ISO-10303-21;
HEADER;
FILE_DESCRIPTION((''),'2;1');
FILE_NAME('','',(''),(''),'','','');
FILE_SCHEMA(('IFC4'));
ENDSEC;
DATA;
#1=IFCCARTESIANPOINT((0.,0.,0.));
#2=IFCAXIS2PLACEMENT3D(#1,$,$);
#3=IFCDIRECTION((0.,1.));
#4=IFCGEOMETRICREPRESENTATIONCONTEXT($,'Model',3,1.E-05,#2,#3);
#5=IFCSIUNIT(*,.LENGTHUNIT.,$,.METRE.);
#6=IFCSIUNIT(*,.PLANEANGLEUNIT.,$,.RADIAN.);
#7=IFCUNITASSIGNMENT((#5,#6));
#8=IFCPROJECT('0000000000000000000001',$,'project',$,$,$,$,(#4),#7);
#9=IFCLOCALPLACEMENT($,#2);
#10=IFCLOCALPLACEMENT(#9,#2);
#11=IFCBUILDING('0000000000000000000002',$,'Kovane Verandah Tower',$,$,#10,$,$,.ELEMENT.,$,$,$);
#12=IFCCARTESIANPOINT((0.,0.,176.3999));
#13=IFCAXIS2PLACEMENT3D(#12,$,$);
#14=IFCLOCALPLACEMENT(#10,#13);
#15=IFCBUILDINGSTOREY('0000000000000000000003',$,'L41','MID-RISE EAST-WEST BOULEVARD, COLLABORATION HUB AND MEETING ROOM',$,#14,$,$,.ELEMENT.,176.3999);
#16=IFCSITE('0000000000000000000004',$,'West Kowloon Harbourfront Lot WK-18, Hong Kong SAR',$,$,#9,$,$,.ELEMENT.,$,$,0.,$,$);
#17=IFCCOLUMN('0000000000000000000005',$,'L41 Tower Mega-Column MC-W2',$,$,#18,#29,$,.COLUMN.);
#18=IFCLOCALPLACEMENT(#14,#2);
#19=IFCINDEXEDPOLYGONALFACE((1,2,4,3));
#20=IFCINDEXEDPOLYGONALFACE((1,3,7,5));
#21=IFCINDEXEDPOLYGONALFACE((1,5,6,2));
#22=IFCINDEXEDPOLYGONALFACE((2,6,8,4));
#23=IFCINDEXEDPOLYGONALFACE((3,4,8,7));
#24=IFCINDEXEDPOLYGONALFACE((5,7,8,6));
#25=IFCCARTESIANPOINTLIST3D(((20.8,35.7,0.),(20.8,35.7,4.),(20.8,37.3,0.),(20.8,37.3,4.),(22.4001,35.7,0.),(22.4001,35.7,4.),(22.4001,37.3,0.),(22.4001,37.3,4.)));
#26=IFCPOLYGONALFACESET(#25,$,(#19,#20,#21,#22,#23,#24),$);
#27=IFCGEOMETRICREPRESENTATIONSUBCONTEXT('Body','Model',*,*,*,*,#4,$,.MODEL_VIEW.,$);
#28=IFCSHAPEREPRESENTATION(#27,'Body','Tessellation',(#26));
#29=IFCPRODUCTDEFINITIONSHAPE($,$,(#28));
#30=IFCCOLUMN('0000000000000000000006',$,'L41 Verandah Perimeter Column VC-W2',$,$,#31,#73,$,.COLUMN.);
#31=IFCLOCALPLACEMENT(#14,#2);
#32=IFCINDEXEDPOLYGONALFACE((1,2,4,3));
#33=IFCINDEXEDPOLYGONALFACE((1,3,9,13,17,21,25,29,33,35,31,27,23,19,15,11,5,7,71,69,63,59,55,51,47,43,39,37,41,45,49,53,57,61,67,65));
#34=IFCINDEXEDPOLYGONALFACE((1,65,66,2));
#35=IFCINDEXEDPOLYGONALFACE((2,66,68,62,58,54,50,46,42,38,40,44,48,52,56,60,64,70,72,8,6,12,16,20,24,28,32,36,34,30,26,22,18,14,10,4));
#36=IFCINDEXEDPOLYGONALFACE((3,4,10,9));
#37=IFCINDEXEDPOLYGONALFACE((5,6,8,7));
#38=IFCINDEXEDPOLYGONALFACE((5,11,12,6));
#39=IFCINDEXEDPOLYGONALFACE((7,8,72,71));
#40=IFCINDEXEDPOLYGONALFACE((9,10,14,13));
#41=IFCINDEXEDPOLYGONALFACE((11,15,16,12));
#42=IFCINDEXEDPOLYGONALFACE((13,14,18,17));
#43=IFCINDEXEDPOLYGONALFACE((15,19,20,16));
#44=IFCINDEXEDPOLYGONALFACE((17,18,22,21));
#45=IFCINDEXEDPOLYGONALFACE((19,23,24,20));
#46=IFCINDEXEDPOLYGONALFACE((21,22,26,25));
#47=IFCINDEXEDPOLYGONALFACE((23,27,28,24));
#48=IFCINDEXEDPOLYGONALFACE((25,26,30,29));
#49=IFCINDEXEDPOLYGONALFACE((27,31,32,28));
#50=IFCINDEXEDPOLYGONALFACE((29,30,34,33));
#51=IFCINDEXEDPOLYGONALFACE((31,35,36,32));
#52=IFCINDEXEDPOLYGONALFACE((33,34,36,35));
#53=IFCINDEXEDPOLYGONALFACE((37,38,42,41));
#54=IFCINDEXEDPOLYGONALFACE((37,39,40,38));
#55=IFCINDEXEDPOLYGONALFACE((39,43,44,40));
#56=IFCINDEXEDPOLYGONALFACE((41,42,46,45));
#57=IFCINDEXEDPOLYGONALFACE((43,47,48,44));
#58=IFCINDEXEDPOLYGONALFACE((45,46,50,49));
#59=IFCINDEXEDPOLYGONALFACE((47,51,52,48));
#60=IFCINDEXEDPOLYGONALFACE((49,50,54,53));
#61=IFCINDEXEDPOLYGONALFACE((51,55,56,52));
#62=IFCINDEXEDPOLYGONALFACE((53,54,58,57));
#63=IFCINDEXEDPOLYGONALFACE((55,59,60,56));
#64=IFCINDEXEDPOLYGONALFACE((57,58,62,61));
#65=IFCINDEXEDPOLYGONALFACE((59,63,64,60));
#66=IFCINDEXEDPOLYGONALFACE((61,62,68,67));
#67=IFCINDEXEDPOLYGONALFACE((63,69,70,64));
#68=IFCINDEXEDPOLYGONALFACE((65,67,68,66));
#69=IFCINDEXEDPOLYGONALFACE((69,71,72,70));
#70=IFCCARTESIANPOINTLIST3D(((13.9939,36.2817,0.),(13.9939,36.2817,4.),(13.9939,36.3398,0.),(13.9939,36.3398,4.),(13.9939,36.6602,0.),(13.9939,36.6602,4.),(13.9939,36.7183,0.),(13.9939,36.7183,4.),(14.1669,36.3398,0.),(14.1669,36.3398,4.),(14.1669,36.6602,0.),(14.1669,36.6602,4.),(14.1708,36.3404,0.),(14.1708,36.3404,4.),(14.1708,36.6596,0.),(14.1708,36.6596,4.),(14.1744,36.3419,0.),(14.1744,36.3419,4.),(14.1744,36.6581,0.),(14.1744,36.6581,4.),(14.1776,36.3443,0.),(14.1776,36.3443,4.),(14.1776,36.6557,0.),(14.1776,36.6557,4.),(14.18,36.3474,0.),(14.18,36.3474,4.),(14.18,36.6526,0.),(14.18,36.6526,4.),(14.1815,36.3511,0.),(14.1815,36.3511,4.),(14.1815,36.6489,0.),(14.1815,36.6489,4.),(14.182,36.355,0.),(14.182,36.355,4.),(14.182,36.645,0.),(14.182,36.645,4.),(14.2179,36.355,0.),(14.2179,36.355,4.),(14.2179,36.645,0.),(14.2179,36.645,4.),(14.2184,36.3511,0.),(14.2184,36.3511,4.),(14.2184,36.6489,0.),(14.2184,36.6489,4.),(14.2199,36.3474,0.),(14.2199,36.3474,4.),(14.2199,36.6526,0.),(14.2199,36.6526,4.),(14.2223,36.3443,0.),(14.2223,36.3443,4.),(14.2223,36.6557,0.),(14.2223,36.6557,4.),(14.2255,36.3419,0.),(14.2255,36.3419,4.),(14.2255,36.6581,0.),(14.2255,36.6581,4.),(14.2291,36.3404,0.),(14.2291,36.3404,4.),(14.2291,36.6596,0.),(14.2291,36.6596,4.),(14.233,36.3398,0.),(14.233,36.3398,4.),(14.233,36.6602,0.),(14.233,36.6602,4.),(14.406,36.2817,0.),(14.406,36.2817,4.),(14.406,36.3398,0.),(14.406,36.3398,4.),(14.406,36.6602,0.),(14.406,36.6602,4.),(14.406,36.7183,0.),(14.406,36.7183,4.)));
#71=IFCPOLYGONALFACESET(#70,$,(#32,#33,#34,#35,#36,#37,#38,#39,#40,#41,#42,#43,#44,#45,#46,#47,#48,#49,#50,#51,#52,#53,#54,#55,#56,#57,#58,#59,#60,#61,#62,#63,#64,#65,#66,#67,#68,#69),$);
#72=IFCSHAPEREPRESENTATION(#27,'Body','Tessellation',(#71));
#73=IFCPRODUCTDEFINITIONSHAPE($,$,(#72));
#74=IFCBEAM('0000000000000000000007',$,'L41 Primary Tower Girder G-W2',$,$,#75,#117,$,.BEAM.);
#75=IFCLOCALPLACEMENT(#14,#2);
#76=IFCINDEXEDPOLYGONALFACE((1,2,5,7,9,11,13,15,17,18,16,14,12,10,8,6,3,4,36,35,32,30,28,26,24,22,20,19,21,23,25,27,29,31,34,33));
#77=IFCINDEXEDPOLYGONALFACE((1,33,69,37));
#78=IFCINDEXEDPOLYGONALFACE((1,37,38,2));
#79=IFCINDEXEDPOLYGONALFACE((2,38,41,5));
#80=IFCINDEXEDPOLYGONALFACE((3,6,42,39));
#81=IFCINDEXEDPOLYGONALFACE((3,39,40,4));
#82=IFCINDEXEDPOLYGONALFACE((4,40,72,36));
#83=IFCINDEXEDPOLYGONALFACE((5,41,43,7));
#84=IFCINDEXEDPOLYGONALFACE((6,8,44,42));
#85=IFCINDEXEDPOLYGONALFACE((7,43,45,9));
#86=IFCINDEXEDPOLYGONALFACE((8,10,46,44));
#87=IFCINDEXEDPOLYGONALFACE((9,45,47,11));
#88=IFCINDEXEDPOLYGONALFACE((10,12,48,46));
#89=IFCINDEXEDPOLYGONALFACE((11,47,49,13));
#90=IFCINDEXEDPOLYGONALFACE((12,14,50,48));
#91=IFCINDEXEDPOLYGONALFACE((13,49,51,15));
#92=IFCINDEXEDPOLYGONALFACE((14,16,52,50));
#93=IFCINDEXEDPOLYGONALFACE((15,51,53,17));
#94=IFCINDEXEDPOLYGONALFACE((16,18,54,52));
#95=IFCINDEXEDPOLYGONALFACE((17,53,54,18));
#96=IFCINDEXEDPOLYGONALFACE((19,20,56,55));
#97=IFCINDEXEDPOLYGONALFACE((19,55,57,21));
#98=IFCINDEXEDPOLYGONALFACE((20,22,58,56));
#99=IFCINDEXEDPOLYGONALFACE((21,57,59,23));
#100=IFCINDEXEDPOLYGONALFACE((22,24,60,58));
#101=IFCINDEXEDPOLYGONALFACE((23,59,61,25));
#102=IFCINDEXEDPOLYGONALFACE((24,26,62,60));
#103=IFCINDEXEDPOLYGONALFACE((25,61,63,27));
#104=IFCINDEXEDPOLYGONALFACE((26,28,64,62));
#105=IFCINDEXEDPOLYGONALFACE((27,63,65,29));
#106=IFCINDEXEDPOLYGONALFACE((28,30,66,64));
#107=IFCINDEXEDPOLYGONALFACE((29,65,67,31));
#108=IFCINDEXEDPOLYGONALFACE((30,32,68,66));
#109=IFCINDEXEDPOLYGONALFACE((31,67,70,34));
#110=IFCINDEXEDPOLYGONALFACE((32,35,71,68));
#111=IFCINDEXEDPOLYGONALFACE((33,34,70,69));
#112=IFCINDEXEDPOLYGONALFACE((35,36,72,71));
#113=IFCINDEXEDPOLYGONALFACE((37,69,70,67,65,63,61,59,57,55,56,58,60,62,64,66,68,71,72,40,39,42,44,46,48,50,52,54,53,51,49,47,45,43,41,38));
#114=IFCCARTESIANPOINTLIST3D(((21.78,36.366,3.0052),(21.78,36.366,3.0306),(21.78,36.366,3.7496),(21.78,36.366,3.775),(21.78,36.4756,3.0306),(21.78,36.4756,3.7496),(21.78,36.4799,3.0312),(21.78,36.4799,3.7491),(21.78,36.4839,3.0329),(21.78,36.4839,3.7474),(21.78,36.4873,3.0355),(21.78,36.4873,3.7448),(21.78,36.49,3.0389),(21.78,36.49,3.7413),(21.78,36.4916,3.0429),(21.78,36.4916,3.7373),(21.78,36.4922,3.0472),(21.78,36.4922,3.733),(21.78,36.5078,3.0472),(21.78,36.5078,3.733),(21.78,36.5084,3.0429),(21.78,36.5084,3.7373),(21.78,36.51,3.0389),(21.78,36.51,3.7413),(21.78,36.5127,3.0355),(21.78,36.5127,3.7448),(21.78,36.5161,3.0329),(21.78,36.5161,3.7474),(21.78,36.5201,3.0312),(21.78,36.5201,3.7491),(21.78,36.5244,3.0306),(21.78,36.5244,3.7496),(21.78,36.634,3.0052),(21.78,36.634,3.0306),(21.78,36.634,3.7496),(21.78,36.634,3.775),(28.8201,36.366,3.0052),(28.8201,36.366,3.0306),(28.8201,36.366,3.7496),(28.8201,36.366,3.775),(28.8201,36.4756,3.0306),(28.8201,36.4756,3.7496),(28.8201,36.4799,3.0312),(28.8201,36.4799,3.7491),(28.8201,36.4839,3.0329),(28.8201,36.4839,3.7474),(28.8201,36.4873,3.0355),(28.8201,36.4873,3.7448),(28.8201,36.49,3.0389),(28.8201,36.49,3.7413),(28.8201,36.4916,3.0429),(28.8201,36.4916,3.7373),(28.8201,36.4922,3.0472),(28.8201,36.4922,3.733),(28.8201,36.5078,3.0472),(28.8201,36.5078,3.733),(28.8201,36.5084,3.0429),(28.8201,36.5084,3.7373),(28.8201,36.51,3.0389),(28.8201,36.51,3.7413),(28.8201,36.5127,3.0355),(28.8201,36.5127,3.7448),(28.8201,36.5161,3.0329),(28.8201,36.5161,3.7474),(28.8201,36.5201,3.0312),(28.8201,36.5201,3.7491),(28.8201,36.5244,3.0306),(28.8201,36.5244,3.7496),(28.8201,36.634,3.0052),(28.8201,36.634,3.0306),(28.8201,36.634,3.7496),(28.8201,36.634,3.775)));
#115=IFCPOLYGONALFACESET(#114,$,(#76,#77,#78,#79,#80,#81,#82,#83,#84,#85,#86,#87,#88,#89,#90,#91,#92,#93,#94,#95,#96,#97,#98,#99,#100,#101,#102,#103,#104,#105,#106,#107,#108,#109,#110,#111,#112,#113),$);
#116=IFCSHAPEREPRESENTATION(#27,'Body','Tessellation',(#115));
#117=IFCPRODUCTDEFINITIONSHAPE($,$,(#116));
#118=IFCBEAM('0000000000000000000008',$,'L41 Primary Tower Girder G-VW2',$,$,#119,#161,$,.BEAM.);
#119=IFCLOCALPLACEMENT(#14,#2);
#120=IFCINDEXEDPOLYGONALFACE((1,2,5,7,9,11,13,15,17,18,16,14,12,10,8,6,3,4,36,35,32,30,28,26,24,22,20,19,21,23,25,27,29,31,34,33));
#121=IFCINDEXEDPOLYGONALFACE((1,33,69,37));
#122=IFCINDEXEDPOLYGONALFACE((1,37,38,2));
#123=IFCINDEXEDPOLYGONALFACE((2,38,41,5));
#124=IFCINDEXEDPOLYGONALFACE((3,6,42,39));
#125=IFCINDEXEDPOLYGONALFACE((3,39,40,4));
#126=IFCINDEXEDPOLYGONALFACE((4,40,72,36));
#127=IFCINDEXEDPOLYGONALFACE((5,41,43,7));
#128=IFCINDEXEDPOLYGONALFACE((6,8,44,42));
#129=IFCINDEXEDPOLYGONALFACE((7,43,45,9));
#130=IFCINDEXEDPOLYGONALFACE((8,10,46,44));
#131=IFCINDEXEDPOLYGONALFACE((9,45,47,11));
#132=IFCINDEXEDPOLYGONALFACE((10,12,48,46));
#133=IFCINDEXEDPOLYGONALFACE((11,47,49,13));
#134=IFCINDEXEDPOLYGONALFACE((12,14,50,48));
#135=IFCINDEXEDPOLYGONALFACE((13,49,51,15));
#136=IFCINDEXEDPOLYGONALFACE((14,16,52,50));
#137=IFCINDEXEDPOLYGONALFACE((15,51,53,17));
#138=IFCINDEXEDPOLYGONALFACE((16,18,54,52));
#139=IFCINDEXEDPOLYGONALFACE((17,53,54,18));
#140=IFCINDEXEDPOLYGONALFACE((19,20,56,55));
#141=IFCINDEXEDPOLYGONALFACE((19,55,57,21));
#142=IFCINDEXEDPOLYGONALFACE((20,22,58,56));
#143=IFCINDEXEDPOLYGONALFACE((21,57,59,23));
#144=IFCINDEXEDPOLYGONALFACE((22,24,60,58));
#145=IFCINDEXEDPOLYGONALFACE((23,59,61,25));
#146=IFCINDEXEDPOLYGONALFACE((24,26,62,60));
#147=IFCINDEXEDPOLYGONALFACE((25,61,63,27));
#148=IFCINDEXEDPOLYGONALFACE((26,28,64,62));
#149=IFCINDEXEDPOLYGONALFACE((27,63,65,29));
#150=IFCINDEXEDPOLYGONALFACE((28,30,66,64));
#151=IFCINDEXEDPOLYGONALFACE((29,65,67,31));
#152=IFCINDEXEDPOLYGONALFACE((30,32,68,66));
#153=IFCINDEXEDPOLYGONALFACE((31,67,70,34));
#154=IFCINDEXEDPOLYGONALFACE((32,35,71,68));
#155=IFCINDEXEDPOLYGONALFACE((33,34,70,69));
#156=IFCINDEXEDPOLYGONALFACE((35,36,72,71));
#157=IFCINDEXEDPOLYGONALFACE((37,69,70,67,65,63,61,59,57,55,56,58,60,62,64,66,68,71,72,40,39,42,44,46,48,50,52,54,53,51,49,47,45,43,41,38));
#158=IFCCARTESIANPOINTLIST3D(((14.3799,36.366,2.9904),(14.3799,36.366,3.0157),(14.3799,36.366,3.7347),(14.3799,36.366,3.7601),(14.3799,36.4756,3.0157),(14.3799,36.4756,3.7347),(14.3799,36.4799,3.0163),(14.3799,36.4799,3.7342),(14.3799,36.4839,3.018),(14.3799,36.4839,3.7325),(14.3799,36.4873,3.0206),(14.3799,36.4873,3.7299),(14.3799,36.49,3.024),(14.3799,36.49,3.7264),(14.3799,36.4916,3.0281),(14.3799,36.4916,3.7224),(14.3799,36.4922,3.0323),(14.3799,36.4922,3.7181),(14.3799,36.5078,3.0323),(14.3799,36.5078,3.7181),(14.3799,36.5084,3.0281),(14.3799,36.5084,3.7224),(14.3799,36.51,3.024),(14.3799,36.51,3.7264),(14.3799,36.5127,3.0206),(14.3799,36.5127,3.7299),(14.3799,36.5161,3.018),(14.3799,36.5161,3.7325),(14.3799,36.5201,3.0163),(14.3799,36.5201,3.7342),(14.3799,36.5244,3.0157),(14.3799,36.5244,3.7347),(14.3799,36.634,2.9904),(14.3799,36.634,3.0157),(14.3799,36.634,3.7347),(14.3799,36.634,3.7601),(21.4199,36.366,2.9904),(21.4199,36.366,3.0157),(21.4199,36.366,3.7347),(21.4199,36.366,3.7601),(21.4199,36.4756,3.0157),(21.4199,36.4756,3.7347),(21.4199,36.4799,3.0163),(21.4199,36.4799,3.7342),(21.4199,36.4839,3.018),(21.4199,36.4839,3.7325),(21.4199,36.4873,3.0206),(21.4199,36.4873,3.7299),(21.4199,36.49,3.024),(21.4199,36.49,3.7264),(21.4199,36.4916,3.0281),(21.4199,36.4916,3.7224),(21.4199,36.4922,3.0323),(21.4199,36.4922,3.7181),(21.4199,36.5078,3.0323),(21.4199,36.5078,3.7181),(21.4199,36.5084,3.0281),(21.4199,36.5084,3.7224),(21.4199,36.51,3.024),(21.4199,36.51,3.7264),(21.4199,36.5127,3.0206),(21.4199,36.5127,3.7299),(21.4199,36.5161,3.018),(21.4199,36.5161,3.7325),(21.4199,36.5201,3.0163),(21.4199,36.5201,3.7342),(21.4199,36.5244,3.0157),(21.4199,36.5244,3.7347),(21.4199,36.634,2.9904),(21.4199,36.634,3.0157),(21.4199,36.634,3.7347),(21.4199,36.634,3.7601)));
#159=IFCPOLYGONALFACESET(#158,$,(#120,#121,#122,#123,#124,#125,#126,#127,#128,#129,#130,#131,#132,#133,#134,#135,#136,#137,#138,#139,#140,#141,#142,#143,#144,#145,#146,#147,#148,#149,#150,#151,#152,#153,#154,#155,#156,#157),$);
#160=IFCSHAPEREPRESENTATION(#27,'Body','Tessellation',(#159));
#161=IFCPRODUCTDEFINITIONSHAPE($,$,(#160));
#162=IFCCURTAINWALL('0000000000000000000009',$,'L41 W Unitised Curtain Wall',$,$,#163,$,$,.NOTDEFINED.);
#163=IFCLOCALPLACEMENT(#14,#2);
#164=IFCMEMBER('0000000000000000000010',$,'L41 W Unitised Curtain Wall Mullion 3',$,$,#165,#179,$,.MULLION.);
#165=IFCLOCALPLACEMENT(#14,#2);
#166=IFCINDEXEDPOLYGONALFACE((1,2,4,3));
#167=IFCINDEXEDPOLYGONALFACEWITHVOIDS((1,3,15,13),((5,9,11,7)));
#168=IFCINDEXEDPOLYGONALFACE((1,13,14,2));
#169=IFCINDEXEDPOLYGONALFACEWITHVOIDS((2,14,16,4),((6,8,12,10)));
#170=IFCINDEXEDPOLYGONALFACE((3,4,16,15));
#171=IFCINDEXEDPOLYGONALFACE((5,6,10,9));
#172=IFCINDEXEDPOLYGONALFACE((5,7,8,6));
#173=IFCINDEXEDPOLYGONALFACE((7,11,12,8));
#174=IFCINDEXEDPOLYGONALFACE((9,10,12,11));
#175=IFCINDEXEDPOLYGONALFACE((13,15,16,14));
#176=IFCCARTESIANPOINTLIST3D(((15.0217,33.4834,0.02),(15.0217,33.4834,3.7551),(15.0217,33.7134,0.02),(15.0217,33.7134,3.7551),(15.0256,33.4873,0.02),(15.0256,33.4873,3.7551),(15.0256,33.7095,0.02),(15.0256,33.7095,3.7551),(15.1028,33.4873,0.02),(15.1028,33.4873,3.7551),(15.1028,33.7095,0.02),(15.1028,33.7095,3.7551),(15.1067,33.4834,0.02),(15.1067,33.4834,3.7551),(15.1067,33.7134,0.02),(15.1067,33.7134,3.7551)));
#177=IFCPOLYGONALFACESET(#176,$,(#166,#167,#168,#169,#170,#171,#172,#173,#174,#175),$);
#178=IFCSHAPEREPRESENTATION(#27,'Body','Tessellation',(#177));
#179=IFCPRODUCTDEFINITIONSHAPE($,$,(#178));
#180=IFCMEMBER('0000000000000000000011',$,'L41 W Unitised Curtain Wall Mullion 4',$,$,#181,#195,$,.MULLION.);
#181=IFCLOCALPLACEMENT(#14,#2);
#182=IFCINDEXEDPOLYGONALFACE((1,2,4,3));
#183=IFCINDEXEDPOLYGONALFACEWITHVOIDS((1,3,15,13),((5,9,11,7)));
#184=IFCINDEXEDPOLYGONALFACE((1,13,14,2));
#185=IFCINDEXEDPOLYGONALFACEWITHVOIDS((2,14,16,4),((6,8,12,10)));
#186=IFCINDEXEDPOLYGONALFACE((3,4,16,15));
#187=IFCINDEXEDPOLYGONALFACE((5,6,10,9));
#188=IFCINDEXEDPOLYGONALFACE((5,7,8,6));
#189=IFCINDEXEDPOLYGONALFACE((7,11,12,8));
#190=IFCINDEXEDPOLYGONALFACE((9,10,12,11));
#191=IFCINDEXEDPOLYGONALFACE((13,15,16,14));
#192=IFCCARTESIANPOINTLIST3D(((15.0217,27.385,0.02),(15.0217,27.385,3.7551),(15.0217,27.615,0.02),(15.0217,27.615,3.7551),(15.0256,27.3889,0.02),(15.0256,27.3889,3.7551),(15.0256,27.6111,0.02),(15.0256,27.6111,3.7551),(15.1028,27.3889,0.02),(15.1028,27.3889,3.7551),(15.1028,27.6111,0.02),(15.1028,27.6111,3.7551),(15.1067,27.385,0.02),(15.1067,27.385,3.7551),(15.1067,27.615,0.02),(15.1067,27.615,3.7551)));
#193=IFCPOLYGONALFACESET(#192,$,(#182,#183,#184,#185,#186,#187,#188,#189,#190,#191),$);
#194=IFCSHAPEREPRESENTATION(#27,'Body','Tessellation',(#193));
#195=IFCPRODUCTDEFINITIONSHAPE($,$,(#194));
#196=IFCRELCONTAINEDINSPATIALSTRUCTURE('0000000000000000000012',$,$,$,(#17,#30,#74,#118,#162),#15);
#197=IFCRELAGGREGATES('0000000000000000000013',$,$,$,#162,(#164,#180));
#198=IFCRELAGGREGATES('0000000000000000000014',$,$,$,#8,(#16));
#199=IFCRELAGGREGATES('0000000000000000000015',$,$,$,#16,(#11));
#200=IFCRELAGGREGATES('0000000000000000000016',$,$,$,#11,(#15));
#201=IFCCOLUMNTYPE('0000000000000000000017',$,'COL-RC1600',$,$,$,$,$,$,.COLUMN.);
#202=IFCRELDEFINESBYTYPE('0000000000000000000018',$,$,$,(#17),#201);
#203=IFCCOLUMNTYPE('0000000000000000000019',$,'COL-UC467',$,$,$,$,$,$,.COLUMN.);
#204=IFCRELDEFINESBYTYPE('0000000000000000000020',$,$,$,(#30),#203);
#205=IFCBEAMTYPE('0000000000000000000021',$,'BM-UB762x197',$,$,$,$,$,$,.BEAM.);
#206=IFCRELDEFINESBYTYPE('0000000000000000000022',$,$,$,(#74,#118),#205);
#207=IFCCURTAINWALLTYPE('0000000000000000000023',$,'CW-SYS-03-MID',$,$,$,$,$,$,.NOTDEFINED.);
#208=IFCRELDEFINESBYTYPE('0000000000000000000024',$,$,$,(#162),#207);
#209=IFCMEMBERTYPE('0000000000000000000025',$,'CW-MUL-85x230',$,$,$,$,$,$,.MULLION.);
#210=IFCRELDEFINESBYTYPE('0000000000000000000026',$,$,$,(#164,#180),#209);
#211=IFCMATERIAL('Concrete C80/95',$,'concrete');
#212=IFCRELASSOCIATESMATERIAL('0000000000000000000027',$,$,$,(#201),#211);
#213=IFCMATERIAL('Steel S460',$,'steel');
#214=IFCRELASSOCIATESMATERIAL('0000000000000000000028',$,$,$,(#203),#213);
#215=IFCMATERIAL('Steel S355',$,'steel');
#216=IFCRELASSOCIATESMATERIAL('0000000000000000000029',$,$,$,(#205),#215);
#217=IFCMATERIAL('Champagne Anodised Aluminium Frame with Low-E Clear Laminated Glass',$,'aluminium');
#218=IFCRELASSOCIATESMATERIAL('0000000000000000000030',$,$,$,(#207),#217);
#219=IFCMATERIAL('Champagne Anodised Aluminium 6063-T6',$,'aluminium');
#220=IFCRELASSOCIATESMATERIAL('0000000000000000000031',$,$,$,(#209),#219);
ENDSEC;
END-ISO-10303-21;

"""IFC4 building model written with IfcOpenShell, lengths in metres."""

from ifc_helpers import new_model, si_unit, direction, frame, origin, origin_2d, place, context, subcontext, project, spatial, rectangle, hollow_rectangle, i_section, extrude, material, material_profile, profile_set, type_object, element, aggregate, save


model = new_model("IFC4")

# Units and contexts
model_context = context("Model", 3, precision=1e-05, world=origin(), true_north=direction((0.0, 1.0)))
body_context = subcontext(model_context, "Body", "Model", "MODEL_VIEW")
ifc_project = project(units=[si_unit("LENGTHUNIT", "METRE"), si_unit("PLANEANGLEUNIT", "RADIAN")], contexts=[model_context])

# Site, building, storey
site_placement = place(None, origin())
site = spatial("IfcSite", under=ifc_project, at=site_placement, Name="West Kowloon Harbourfront Lot WK-18, Hong Kong SAR", CompositionType="ELEMENT", RefElevation=0.0)
building_placement = place(site_placement, origin())
building = spatial("IfcBuilding", under=site, at=building_placement, Name="Kovane Verandah Tower", CompositionType="ELEMENT")
storey_placement = place(building_placement, frame((0.0, 0.0, 176.3999)))
storey = spatial("IfcBuildingStorey", under=building, at=storey_placement, Name="L41", Description="MID-RISE EAST-WEST BOULEVARD, COLLABORATION HUB AND MEETING ROOM", CompositionType="ELEMENT", Elevation=176.3999)

# Columns
ifc_material_1 = material(Name="Concrete C80/95", Category="concrete")
ifc_material_profile_1 = material_profile(ifc_material_1, rectangle(XDim=1.6001, YDim=1.6001, at=origin_2d()), Name="RC1600x1600")
ifc_profile_set_1 = profile_set([ifc_material_profile_1], Name="Concrete C80/95")
column_type_1 = type_object("IfcColumnType", Name="COL-RC1600", PredefinedType="COLUMN", material=ifc_profile_set_1)
column_1_placement = place(storey_placement, frame((21.6001, 36.5, 0.0), z_axis=(0.0, 0.0, 1.0), x_axis=(1.0, 0.0, 0.0)))
element("IfcColumn", 1, at=column_1_placement, inside=storey, type_object=column_type_1, Name="L41 Tower Mega-Column MC-W2", PredefinedType="COLUMN", context=body_context, shape_type="SweptSolid", body=[
    extrude(rectangle(XDim=1.6001, YDim=1.6001, at=origin_2d()), origin(), (0.0, 0.0, 1.0), 4.0),
])
ifc_material_2 = material(Name="Steel S460", Category="steel")
ifc_material_profile_2 = material_profile(ifc_material_2, i_section(OverallWidth=0.4121, OverallDepth=0.4365, WebThickness=0.0359, FlangeThickness=0.0581, FilletRadius=0.0151, at=origin_2d()), Name="UC356x406x467")
ifc_profile_set_2 = profile_set([ifc_material_profile_2], Name="Steel S460")
column_type_2 = type_object("IfcColumnType", Name="COL-UC467", PredefinedType="COLUMN", material=ifc_profile_set_2)
column_2_placement = place(storey_placement, frame((14.2, 36.5, 0.0), z_axis=(0.0, 0.0, 1.0), x_axis=(1.0, 0.0, 0.0)))
element("IfcColumn", 2, at=column_2_placement, inside=storey, type_object=column_type_2, Name="L41 Verandah Perimeter Column VC-W2", PredefinedType="COLUMN", context=body_context, shape_type="SweptSolid", body=[
    extrude(i_section(OverallWidth=0.4121, OverallDepth=0.4365, WebThickness=0.0359, FlangeThickness=0.0581, FilletRadius=0.0151, at=origin_2d()), origin(), (0.0, 0.0, 1.0), 4.0),
])

# Beams
ifc_material_3 = material(Name="Steel S355", Category="steel")
ifc_material_profile_3 = material_profile(ifc_material_3, i_section(OverallWidth=0.2681, OverallDepth=0.7698, WebThickness=0.0156, FlangeThickness=0.0254, FilletRadius=0.0166, at=origin_2d()), Name="UB762x267x197")
ifc_profile_set_3 = profile_set([ifc_material_profile_3], Name="Steel S355")
beam_type_1 = type_object("IfcBeamType", Name="BM-UB762x197", PredefinedType="BEAM", material=ifc_profile_set_3)
for number, where, z_axis, x_axis, name in (
    (3, (28.8201, 36.5, 3.3901), (-1.0, 0.0, 0.0), (0.0, -1.0, 0.0), "L41 Primary Tower Girder G-W2"),
    (4, (21.4199, 36.5, 3.3752), (-1.0, 0.0, 0.0), (0.0, -1.0, 0.0), "L41 Primary Tower Girder G-VW2"),
):
    element("IfcBeam", number, at=place(storey_placement, frame(where, z_axis=z_axis, x_axis=x_axis)), inside=storey, type_object=beam_type_1, Name=name, PredefinedType="BEAM", context=body_context, shape_type="SweptSolid", body=[
        extrude(i_section(OverallWidth=0.2681, OverallDepth=0.7698, WebThickness=0.0156, FlangeThickness=0.0254, FilletRadius=0.0166, at=origin_2d()), origin(), (0.0, 0.0, 1.0), 7.04),
    ])

# Curtain wall, members
ifc_material_4 = material(Name="Champagne Anodised Aluminium Frame with Low-E Clear Laminated Glass", Category="aluminium")
curtain_wall_type = type_object("IfcCurtainWallType", Name="CW-SYS-03-MID", PredefinedType="NOTDEFINED", material=ifc_material_4)
curtain_wall_placement = place(storey_placement, origin())
curtain_wall = element("IfcCurtainWall", 5, at=curtain_wall_placement, inside=storey, type_object=curtain_wall_type, Name="L41 W Unitised Curtain Wall", PredefinedType="NOTDEFINED")
ifc_material_5 = material(Name="Champagne Anodised Aluminium 6063-T6", Category="aluminium")
ifc_material_profile_4 = material_profile(ifc_material_5, hollow_rectangle(XDim=0.085, YDim=0.23, WallThickness=0.0039, at=origin_2d()), Name="AL85x230x4")
ifc_profile_set_4 = profile_set([ifc_material_profile_4], Name="Champagne Anodised Aluminium 6063-T6")
member_type_1 = type_object("IfcMemberType", Name="CW-MUL-85x230", PredefinedType="MULLION", material=ifc_profile_set_4)
member_1_placement = place(storey_placement, frame((15.0642, 33.5984, 0.02), z_axis=(0.0, 0.0, 1.0), x_axis=(-1.0, 0.0, 0.0)))
member_1 = element("IfcMember", 6, at=member_1_placement, type_object=member_type_1, Name="L41 W Unitised Curtain Wall Mullion 3", PredefinedType="MULLION", context=body_context, shape_type="SweptSolid", body=[
    extrude(hollow_rectangle(XDim=0.085, YDim=0.23, WallThickness=0.0039, at=origin_2d()), origin(), (0.0, 0.0, 1.0), 3.7351),
])
member_2_placement = place(storey_placement, frame((15.0642, 27.5, 0.02), z_axis=(0.0, 0.0, 1.0), x_axis=(-1.0, 0.0, 0.0)))
member_2 = element("IfcMember", 7, at=member_2_placement, type_object=member_type_1, Name="L41 W Unitised Curtain Wall Mullion 4", PredefinedType="MULLION", context=body_context, shape_type="SweptSolid", body=[
    extrude(hollow_rectangle(XDim=0.085, YDim=0.23, WallThickness=0.0039, at=origin_2d()), origin(), (0.0, 0.0, 1.0), 3.7351),
])

aggregate(curtain_wall, [member_1, member_2])

save(model, "model.ifc")
